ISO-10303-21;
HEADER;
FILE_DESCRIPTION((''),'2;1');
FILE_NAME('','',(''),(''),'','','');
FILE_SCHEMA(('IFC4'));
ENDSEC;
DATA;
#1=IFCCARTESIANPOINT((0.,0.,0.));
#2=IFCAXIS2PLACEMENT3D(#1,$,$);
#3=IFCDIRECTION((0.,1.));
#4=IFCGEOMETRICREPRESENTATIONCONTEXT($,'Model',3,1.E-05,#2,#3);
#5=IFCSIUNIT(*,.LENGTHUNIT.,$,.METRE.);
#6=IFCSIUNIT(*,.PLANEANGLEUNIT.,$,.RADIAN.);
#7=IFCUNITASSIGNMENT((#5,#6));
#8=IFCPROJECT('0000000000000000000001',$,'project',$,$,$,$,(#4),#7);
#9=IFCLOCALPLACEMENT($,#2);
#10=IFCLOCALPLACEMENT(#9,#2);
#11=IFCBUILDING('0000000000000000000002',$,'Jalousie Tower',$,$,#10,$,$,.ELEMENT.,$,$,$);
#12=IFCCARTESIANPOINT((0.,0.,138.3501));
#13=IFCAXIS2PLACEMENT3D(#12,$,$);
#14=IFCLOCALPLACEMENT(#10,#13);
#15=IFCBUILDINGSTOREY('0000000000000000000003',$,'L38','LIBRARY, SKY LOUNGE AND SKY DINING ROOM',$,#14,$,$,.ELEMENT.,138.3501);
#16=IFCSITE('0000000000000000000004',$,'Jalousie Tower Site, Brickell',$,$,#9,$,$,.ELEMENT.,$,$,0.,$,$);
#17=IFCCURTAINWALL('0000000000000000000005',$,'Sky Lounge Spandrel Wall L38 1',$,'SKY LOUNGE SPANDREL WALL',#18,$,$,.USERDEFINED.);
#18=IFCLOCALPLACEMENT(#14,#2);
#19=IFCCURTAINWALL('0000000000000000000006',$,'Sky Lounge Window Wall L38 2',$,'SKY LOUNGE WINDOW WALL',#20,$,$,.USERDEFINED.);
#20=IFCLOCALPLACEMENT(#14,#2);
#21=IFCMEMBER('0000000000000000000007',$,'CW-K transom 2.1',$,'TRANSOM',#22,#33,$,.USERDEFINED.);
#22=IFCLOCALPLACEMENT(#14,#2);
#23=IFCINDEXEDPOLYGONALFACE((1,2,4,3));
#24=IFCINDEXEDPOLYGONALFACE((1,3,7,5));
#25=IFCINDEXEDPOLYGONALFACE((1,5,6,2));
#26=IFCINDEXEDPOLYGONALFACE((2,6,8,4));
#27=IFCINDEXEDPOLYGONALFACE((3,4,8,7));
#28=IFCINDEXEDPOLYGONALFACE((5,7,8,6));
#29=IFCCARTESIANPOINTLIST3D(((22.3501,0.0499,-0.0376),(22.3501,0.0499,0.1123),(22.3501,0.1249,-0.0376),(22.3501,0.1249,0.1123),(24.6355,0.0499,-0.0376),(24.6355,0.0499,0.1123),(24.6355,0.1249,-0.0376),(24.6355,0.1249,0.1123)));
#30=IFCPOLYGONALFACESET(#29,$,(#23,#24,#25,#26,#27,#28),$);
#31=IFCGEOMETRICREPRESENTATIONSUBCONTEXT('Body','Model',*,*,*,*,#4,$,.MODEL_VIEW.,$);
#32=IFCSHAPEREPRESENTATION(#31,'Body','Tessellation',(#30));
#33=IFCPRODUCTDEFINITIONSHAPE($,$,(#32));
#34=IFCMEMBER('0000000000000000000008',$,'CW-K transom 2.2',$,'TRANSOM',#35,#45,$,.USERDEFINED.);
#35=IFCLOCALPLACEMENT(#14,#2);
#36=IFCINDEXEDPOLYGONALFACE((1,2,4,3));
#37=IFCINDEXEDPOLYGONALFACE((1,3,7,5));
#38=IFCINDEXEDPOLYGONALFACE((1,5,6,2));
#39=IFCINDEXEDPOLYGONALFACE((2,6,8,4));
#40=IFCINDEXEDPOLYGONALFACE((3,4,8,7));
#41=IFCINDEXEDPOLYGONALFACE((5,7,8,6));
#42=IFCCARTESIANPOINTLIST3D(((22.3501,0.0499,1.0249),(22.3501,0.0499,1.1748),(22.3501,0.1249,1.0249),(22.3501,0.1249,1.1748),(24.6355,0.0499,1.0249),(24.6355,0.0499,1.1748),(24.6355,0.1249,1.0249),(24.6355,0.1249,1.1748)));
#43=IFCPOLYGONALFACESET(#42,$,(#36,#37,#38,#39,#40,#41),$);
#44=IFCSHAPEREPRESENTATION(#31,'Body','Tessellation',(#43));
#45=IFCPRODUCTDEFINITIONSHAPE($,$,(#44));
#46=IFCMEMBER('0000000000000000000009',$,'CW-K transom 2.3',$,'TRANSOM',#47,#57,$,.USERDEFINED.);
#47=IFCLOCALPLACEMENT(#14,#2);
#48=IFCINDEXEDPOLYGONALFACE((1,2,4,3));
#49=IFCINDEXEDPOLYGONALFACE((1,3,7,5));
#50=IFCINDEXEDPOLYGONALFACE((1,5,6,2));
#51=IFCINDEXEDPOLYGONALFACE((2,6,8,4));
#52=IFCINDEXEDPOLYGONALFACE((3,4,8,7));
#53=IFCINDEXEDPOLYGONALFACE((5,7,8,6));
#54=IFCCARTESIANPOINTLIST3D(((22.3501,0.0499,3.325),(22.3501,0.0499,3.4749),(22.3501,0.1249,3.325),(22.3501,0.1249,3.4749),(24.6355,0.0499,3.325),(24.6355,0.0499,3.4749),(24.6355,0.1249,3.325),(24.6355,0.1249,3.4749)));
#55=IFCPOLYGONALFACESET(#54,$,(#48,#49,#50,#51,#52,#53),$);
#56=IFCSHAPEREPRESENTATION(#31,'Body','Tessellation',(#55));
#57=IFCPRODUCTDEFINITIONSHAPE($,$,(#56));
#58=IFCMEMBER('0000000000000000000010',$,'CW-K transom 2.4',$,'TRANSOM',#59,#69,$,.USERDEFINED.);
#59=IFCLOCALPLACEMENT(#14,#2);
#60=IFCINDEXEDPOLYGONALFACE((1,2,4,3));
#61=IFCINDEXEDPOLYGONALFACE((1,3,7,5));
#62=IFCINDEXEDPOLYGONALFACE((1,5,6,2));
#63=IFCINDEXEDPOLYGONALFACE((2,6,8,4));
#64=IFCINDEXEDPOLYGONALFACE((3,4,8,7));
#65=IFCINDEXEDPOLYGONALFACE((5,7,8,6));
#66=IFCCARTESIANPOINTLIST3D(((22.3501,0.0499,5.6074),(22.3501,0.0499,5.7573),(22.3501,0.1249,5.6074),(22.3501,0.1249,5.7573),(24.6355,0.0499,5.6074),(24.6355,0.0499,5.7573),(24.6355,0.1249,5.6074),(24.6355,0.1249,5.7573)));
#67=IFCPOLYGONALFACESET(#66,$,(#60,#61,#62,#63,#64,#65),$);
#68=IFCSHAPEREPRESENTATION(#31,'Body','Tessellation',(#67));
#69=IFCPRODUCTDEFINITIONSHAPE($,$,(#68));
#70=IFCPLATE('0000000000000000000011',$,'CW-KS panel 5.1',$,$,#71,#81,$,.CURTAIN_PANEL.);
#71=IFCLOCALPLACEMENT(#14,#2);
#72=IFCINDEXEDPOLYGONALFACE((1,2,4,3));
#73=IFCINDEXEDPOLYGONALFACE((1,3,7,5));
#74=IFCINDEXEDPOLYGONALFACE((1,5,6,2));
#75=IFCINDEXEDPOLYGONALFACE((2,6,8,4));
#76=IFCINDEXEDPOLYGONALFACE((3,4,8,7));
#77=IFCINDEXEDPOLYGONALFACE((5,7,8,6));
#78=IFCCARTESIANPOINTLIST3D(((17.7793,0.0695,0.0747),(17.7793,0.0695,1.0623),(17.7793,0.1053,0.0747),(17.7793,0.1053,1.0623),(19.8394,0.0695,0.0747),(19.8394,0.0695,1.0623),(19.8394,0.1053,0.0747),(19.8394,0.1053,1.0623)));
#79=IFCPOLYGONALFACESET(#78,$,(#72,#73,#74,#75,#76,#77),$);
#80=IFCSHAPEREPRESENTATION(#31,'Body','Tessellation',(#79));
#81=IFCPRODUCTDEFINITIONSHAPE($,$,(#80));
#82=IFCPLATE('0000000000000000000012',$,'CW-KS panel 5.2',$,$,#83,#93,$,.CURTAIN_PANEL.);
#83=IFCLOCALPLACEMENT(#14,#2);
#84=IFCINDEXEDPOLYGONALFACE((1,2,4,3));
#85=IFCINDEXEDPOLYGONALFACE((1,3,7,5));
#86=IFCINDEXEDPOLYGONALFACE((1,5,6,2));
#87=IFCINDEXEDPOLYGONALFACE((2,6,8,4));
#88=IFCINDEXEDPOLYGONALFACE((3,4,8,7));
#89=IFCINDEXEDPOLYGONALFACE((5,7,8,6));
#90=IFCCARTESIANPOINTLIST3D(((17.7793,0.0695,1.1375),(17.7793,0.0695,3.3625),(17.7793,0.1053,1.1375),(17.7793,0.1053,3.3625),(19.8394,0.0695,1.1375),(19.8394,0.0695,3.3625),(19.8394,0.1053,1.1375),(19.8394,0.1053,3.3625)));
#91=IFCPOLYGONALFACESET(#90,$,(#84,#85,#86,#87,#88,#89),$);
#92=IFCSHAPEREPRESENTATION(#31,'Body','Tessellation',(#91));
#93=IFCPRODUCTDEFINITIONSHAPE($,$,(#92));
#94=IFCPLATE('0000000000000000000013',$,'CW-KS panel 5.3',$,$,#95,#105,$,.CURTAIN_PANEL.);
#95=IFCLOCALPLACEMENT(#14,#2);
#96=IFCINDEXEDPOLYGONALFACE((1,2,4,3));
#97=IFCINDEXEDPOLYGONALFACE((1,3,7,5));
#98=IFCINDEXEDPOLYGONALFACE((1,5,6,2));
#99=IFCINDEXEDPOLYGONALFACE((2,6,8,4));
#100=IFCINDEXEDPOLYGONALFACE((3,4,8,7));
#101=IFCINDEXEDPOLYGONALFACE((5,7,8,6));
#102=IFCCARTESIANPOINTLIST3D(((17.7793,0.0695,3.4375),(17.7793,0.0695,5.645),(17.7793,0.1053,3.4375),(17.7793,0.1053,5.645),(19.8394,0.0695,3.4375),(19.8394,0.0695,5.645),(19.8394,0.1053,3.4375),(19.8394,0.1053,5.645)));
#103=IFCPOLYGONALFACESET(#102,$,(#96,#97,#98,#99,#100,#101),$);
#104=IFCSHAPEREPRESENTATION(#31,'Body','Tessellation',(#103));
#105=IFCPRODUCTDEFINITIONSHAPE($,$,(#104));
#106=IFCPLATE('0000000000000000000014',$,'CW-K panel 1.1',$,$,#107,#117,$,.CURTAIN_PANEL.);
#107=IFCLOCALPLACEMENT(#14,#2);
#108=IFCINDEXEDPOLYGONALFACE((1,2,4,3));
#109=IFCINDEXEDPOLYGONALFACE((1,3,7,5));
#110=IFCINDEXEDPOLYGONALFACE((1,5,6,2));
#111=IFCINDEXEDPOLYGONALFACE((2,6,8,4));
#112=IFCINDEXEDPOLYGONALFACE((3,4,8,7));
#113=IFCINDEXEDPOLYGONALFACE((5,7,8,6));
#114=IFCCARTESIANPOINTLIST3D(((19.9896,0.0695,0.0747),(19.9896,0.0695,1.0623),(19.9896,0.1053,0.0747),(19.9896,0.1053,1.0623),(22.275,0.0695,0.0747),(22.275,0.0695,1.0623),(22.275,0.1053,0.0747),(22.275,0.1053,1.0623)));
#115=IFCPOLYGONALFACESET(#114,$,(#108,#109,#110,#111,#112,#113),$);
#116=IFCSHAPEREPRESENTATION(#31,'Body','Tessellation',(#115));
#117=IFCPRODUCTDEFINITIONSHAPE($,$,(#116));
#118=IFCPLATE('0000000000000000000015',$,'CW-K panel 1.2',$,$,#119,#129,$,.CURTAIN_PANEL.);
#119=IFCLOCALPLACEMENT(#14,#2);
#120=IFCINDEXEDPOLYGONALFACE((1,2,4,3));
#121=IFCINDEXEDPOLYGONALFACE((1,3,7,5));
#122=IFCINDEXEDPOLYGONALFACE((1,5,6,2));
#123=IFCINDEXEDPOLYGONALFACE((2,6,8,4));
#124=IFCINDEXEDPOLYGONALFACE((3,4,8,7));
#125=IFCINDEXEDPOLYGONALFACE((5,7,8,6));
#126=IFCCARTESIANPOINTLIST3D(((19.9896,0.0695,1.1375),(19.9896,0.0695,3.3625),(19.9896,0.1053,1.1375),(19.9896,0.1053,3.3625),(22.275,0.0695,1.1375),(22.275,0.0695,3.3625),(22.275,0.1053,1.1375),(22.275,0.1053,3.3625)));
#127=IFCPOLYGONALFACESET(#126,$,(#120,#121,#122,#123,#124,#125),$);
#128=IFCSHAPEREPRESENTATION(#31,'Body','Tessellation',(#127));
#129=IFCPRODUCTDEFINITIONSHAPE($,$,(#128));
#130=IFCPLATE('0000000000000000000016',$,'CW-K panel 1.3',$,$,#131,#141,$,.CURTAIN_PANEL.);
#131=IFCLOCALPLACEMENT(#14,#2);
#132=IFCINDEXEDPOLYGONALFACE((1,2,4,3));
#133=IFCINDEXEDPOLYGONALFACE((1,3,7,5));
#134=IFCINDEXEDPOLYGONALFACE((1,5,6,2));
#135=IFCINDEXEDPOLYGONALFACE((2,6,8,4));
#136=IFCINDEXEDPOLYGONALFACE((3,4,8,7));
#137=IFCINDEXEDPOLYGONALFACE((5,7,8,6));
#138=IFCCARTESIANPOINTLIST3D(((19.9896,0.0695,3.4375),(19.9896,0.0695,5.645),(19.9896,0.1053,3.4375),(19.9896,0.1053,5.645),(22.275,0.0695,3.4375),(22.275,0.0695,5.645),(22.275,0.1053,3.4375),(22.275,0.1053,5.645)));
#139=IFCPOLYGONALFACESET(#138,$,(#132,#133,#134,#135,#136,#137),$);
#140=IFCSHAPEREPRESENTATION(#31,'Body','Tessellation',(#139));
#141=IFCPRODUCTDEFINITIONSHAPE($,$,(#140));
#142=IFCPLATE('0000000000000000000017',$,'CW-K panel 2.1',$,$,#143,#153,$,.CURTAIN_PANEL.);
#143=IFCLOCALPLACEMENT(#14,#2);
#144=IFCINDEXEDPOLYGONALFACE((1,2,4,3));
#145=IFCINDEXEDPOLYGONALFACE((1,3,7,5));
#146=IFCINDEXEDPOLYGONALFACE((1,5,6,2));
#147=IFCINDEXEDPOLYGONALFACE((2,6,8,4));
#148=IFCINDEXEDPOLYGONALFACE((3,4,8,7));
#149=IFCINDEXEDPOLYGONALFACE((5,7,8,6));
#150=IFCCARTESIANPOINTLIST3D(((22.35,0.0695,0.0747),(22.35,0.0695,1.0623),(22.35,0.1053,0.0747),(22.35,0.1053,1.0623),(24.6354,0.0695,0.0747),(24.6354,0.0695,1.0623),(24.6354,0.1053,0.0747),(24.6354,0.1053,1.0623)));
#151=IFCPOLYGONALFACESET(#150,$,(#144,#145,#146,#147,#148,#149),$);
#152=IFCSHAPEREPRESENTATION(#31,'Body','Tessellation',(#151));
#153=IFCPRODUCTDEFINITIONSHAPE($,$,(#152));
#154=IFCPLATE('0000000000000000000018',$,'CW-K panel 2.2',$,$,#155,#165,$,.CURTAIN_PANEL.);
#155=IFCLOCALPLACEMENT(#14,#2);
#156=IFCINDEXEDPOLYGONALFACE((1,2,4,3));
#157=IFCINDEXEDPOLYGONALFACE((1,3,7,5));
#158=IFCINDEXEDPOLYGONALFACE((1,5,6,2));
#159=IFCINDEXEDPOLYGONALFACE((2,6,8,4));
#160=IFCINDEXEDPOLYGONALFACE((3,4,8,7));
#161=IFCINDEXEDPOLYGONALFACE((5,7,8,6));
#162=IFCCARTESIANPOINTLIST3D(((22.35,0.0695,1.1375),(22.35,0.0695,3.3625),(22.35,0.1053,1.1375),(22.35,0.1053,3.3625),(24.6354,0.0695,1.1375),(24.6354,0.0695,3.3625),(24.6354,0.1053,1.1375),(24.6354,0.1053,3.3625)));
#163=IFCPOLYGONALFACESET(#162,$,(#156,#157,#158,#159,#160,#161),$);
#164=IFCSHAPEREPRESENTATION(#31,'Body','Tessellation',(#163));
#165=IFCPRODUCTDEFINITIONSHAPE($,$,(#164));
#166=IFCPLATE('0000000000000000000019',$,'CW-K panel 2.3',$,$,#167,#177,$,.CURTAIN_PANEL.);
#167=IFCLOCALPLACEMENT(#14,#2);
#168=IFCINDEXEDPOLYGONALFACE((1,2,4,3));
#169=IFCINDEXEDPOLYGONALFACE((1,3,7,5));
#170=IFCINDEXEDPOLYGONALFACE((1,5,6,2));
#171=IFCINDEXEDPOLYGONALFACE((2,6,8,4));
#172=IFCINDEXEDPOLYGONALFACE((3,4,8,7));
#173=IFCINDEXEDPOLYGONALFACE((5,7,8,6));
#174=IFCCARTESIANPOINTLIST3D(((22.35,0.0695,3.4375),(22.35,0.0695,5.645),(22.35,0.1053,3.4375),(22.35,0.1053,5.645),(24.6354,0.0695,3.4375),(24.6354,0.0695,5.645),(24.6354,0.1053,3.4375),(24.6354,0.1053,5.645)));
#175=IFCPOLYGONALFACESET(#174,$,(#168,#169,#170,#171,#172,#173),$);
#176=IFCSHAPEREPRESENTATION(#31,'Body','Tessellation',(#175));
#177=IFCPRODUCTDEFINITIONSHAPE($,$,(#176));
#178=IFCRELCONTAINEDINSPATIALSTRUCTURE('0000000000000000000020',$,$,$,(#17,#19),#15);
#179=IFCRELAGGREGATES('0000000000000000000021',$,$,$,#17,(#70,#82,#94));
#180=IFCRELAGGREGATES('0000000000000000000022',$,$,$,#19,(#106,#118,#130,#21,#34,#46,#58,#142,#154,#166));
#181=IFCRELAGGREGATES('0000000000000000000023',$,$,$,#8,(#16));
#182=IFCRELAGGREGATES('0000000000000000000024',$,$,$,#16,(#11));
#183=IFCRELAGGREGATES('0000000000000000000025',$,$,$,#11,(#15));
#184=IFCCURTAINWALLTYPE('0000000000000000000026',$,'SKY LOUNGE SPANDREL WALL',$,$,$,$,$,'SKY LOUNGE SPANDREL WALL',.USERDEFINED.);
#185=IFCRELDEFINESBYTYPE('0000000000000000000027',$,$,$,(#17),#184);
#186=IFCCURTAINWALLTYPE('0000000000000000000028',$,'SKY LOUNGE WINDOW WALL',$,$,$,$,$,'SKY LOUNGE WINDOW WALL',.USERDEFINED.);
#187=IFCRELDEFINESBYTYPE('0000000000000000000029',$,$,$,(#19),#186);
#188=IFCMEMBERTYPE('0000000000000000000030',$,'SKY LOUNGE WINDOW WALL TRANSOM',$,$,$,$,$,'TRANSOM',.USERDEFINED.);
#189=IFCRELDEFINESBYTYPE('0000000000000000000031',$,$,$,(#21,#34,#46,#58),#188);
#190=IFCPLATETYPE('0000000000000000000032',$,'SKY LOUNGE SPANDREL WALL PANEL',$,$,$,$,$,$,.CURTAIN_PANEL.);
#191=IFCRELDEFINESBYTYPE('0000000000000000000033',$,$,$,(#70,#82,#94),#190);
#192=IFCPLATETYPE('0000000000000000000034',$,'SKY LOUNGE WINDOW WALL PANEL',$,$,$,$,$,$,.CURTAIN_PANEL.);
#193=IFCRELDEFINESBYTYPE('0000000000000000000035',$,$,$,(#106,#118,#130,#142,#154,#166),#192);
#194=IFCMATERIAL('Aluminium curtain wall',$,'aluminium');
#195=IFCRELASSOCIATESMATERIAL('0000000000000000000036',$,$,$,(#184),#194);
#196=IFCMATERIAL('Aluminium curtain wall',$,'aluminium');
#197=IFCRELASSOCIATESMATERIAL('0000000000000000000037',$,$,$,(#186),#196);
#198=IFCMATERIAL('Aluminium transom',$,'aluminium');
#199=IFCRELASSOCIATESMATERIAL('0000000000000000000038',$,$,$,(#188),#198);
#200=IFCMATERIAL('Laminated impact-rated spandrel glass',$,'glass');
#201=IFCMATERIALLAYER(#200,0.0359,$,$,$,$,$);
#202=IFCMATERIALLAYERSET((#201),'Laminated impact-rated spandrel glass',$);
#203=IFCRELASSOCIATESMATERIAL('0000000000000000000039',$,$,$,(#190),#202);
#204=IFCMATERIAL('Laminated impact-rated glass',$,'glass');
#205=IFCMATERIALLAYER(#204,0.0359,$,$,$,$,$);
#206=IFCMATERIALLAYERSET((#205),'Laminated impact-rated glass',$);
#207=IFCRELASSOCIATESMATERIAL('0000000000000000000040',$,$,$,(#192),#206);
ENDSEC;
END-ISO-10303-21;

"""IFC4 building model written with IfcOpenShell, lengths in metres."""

from ifc_helpers import new_model, si_unit, direction, frame, origin, origin_2d, place, context, subcontext, project, spatial, rectangle, extrude, material, layer, layer_set, material_profile, profile_set, type_object, element, aggregate, save


model = new_model("IFC4")

# Units and contexts
model_context = context("Model", 3, precision=1e-05, world=origin(), true_north=direction((0.0, 1.0)))
body_context = subcontext(model_context, "Body", "Model", "MODEL_VIEW")
ifc_project = project(units=[si_unit("LENGTHUNIT", "METRE"), si_unit("PLANEANGLEUNIT", "RADIAN")], contexts=[model_context])

# Site, building, storey
site_placement = place(None, origin())
site = spatial("IfcSite", under=ifc_project, at=site_placement, Name="Jalousie Tower Site, Brickell", CompositionType="ELEMENT", RefElevation=0.0)
building_placement = place(site_placement, origin())
building = spatial("IfcBuilding", under=site, at=building_placement, Name="Jalousie Tower", CompositionType="ELEMENT")
storey_placement = place(building_placement, frame((0.0, 0.0, 138.3501)))
storey = spatial("IfcBuildingStorey", under=building, at=storey_placement, Name="L38", Description="LIBRARY, SKY LOUNGE AND SKY DINING ROOM", CompositionType="ELEMENT", Elevation=138.3501)

# Curtain wall
ifc_material_1 = material(Name="Aluminium curtain wall", Category="aluminium")
curtain_wall_type_1 = type_object("IfcCurtainWallType", Name="SKY LOUNGE SPANDREL WALL", ElementType="SKY LOUNGE SPANDREL WALL", PredefinedType="USERDEFINED", material=ifc_material_1)
curtain_wall_1_placement = place(storey_placement, origin())
curtain_wall_1 = element("IfcCurtainWall", 1, at=curtain_wall_1_placement, inside=storey, type_object=curtain_wall_type_1, Name="Sky Lounge Spandrel Wall L38 1", ObjectType="SKY LOUNGE SPANDREL WALL", PredefinedType="USERDEFINED")

# Curtain wall, members
ifc_material_2 = material(Name="Aluminium curtain wall", Category="aluminium")
curtain_wall_type_2 = type_object("IfcCurtainWallType", Name="SKY LOUNGE WINDOW WALL", ElementType="SKY LOUNGE WINDOW WALL", PredefinedType="USERDEFINED", material=ifc_material_2)
curtain_wall_2_placement = place(storey_placement, origin())
curtain_wall_2 = element("IfcCurtainWall", 2, at=curtain_wall_2_placement, inside=storey, type_object=curtain_wall_type_2, Name="Sky Lounge Window Wall L38 2", ObjectType="SKY LOUNGE WINDOW WALL", PredefinedType="USERDEFINED")
ifc_material_3 = material(Name="Aluminium transom", Category="aluminium")
ifc_material_profile_1 = material_profile(ifc_material_3, rectangle(XDim=0.075, YDim=0.1499, at=origin_2d()), Name="TRANSOM 75x150")
ifc_profile_set_1 = profile_set([ifc_material_profile_1], Name="Aluminium transom")
member_type_1 = type_object("IfcMemberType", Name="SKY LOUNGE WINDOW WALL TRANSOM", ElementType="TRANSOM", PredefinedType="USERDEFINED", material=ifc_profile_set_1)
member_1_placement = place(storey_placement, frame((22.3501, 0.0874, 0.0374), z_axis=(1.0, 0.0, 0.0), x_axis=(0.0, 1.0, 0.0)))
member_1 = element("IfcMember", 3, at=member_1_placement, type_object=member_type_1, Name="CW-K transom 2.1", ObjectType="TRANSOM", PredefinedType="USERDEFINED", context=body_context, shape_type="SweptSolid", body=[
    extrude(rectangle(XDim=0.075, YDim=0.1499, at=origin_2d()), origin(), (0.0, 0.0, 1.0), 2.2854),
])
member_2_placement = place(storey_placement, frame((22.3501, 0.0874, 1.0999), z_axis=(1.0, 0.0, 0.0), x_axis=(0.0, 1.0, 0.0)))
member_2 = element("IfcMember", 4, at=member_2_placement, type_object=member_type_1, Name="CW-K transom 2.2", ObjectType="TRANSOM", PredefinedType="USERDEFINED", context=body_context, shape_type="SweptSolid", body=[
    extrude(rectangle(XDim=0.075, YDim=0.1499, at=origin_2d()), origin(), (0.0, 0.0, 1.0), 2.2854),
])
member_3_placement = place(storey_placement, frame((22.3501, 0.0874, 3.3999), z_axis=(1.0, 0.0, 0.0), x_axis=(0.0, 1.0, 0.0)))
member_3 = element("IfcMember", 5, at=member_3_placement, type_object=member_type_1, Name="CW-K transom 2.3", ObjectType="TRANSOM", PredefinedType="USERDEFINED", context=body_context, shape_type="SweptSolid", body=[
    extrude(rectangle(XDim=0.075, YDim=0.1499, at=origin_2d()), origin(), (0.0, 0.0, 1.0), 2.2854),
])
member_4_placement = place(storey_placement, frame((22.3501, 0.0874, 5.6824), z_axis=(1.0, 0.0, 0.0), x_axis=(0.0, 1.0, 0.0)))
member_4 = element("IfcMember", 6, at=member_4_placement, type_object=member_type_1, Name="CW-K transom 2.4", ObjectType="TRANSOM", PredefinedType="USERDEFINED", context=body_context, shape_type="SweptSolid", body=[
    extrude(rectangle(XDim=0.075, YDim=0.1499, at=origin_2d()), origin(), (0.0, 0.0, 1.0), 2.2854),
])

# Plates
ifc_material_4 = material(Name="Laminated impact-rated spandrel glass", Category="glass")
ifc_layer_1 = layer(ifc_material_4, 0.0359)
ifc_layer_set_1 = layer_set([ifc_layer_1], Name="Laminated impact-rated spandrel glass")
plate_type_1 = type_object("IfcPlateType", Name="SKY LOUNGE SPANDREL WALL PANEL", PredefinedType="CURTAIN_PANEL", material=ifc_layer_set_1)
plate_1_placement = place(storey_placement, frame((18.8093, 0.0874, 0.0747), z_axis=(0.0, 0.0, 1.0), x_axis=(1.0, 0.0, 0.0)))
plate_1 = element("IfcPlate", 7, at=plate_1_placement, type_object=plate_type_1, Name="CW-KS panel 5.1", PredefinedType="CURTAIN_PANEL", context=body_context, shape_type="SweptSolid", body=[
    extrude(rectangle(XDim=2.0601, YDim=0.0359, at=origin_2d()), origin(), (0.0, 0.0, 1.0), 0.9875),
])
plate_2_placement = place(storey_placement, frame((18.8093, 0.0874, 1.1375), z_axis=(0.0, 0.0, 1.0), x_axis=(1.0, 0.0, 0.0)))
plate_2 = element("IfcPlate", 8, at=plate_2_placement, type_object=plate_type_1, Name="CW-KS panel 5.2", PredefinedType="CURTAIN_PANEL", context=body_context, shape_type="SweptSolid", body=[
    extrude(rectangle(XDim=2.0601, YDim=0.0359, at=origin_2d()), origin(), (0.0, 0.0, 1.0), 2.2251),
])
plate_3_placement = place(storey_placement, frame((18.8093, 0.0874, 3.4375), z_axis=(0.0, 0.0, 1.0), x_axis=(1.0, 0.0, 0.0)))
plate_3 = element("IfcPlate", 9, at=plate_3_placement, type_object=plate_type_1, Name="CW-KS panel 5.3", PredefinedType="CURTAIN_PANEL", context=body_context, shape_type="SweptSolid", body=[
    extrude(rectangle(XDim=2.0601, YDim=0.0359, at=origin_2d()), origin(), (0.0, 0.0, 1.0), 2.2075),
])
aggregate(curtain_wall_1, [plate_1, plate_2, plate_3])
ifc_material_5 = material(Name="Laminated impact-rated glass", Category="glass")
ifc_layer_2 = layer(ifc_material_5, 0.0359)
ifc_layer_set_2 = layer_set([ifc_layer_2], Name="Laminated impact-rated glass")
plate_type_2 = type_object("IfcPlateType", Name="SKY LOUNGE WINDOW WALL PANEL", PredefinedType="CURTAIN_PANEL", material=ifc_layer_set_2)
plate_4_placement = place(storey_placement, frame((21.1323, 0.0874, 0.0747), z_axis=(0.0, 0.0, 1.0), x_axis=(1.0, 0.0, 0.0)))
plate_4 = element("IfcPlate", 10, at=plate_4_placement, type_object=plate_type_2, Name="CW-K panel 1.1", PredefinedType="CURTAIN_PANEL", context=body_context, shape_type="SweptSolid", body=[
    extrude(rectangle(XDim=2.2854, YDim=0.0359, at=origin_2d()), origin(), (0.0, 0.0, 1.0), 0.9875),
])
plate_5_placement = place(storey_placement, frame((21.1323, 0.0874, 1.1375), z_axis=(0.0, 0.0, 1.0), x_axis=(1.0, 0.0, 0.0)))
plate_5 = element("IfcPlate", 11, at=plate_5_placement, type_object=plate_type_2, Name="CW-K panel 1.2", PredefinedType="CURTAIN_PANEL", context=body_context, shape_type="SweptSolid", body=[
    extrude(rectangle(XDim=2.2854, YDim=0.0359, at=origin_2d()), origin(), (0.0, 0.0, 1.0), 2.2251),
])
plate_6_placement = place(storey_placement, frame((21.1323, 0.0874, 3.4375), z_axis=(0.0, 0.0, 1.0), x_axis=(1.0, 0.0, 0.0)))
plate_6 = element("IfcPlate", 12, at=plate_6_placement, type_object=plate_type_2, Name="CW-K panel 1.3", PredefinedType="CURTAIN_PANEL", context=body_context, shape_type="SweptSolid", body=[
    extrude(rectangle(XDim=2.2854, YDim=0.0359, at=origin_2d()), origin(), (0.0, 0.0, 1.0), 2.2075),
])
plate_7_placement = place(storey_placement, frame((23.4927, 0.0874, 0.0747), z_axis=(0.0, 0.0, 1.0), x_axis=(1.0, 0.0, 0.0)))
plate_7 = element("IfcPlate", 13, at=plate_7_placement, type_object=plate_type_2, Name="CW-K panel 2.1", PredefinedType="CURTAIN_PANEL", context=body_context, shape_type="SweptSolid", body=[
    extrude(rectangle(XDim=2.2854, YDim=0.0359, at=origin_2d()), origin(), (0.0, 0.0, 1.0), 0.9875),
])
plate_8_placement = place(storey_placement, frame((23.4927, 0.0874, 1.1375), z_axis=(0.0, 0.0, 1.0), x_axis=(1.0, 0.0, 0.0)))
plate_8 = element("IfcPlate", 14, at=plate_8_placement, type_object=plate_type_2, Name="CW-K panel 2.2", PredefinedType="CURTAIN_PANEL", context=body_context, shape_type="SweptSolid", body=[
    extrude(rectangle(XDim=2.2854, YDim=0.0359, at=origin_2d()), origin(), (0.0, 0.0, 1.0), 2.2251),
])
plate_9_placement = place(storey_placement, frame((23.4927, 0.0874, 3.4375), z_axis=(0.0, 0.0, 1.0), x_axis=(1.0, 0.0, 0.0)))
plate_9 = element("IfcPlate", 15, at=plate_9_placement, type_object=plate_type_2, Name="CW-K panel 2.3", PredefinedType="CURTAIN_PANEL", context=body_context, shape_type="SweptSolid", body=[
    extrude(rectangle(XDim=2.2854, YDim=0.0359, at=origin_2d()), origin(), (0.0, 0.0, 1.0), 2.2075),
])
aggregate(curtain_wall_2, [plate_4, plate_5, plate_6, member_1, member_2, member_3, member_4, plate_7, plate_8, plate_9])

save(model, "model.ifc")
